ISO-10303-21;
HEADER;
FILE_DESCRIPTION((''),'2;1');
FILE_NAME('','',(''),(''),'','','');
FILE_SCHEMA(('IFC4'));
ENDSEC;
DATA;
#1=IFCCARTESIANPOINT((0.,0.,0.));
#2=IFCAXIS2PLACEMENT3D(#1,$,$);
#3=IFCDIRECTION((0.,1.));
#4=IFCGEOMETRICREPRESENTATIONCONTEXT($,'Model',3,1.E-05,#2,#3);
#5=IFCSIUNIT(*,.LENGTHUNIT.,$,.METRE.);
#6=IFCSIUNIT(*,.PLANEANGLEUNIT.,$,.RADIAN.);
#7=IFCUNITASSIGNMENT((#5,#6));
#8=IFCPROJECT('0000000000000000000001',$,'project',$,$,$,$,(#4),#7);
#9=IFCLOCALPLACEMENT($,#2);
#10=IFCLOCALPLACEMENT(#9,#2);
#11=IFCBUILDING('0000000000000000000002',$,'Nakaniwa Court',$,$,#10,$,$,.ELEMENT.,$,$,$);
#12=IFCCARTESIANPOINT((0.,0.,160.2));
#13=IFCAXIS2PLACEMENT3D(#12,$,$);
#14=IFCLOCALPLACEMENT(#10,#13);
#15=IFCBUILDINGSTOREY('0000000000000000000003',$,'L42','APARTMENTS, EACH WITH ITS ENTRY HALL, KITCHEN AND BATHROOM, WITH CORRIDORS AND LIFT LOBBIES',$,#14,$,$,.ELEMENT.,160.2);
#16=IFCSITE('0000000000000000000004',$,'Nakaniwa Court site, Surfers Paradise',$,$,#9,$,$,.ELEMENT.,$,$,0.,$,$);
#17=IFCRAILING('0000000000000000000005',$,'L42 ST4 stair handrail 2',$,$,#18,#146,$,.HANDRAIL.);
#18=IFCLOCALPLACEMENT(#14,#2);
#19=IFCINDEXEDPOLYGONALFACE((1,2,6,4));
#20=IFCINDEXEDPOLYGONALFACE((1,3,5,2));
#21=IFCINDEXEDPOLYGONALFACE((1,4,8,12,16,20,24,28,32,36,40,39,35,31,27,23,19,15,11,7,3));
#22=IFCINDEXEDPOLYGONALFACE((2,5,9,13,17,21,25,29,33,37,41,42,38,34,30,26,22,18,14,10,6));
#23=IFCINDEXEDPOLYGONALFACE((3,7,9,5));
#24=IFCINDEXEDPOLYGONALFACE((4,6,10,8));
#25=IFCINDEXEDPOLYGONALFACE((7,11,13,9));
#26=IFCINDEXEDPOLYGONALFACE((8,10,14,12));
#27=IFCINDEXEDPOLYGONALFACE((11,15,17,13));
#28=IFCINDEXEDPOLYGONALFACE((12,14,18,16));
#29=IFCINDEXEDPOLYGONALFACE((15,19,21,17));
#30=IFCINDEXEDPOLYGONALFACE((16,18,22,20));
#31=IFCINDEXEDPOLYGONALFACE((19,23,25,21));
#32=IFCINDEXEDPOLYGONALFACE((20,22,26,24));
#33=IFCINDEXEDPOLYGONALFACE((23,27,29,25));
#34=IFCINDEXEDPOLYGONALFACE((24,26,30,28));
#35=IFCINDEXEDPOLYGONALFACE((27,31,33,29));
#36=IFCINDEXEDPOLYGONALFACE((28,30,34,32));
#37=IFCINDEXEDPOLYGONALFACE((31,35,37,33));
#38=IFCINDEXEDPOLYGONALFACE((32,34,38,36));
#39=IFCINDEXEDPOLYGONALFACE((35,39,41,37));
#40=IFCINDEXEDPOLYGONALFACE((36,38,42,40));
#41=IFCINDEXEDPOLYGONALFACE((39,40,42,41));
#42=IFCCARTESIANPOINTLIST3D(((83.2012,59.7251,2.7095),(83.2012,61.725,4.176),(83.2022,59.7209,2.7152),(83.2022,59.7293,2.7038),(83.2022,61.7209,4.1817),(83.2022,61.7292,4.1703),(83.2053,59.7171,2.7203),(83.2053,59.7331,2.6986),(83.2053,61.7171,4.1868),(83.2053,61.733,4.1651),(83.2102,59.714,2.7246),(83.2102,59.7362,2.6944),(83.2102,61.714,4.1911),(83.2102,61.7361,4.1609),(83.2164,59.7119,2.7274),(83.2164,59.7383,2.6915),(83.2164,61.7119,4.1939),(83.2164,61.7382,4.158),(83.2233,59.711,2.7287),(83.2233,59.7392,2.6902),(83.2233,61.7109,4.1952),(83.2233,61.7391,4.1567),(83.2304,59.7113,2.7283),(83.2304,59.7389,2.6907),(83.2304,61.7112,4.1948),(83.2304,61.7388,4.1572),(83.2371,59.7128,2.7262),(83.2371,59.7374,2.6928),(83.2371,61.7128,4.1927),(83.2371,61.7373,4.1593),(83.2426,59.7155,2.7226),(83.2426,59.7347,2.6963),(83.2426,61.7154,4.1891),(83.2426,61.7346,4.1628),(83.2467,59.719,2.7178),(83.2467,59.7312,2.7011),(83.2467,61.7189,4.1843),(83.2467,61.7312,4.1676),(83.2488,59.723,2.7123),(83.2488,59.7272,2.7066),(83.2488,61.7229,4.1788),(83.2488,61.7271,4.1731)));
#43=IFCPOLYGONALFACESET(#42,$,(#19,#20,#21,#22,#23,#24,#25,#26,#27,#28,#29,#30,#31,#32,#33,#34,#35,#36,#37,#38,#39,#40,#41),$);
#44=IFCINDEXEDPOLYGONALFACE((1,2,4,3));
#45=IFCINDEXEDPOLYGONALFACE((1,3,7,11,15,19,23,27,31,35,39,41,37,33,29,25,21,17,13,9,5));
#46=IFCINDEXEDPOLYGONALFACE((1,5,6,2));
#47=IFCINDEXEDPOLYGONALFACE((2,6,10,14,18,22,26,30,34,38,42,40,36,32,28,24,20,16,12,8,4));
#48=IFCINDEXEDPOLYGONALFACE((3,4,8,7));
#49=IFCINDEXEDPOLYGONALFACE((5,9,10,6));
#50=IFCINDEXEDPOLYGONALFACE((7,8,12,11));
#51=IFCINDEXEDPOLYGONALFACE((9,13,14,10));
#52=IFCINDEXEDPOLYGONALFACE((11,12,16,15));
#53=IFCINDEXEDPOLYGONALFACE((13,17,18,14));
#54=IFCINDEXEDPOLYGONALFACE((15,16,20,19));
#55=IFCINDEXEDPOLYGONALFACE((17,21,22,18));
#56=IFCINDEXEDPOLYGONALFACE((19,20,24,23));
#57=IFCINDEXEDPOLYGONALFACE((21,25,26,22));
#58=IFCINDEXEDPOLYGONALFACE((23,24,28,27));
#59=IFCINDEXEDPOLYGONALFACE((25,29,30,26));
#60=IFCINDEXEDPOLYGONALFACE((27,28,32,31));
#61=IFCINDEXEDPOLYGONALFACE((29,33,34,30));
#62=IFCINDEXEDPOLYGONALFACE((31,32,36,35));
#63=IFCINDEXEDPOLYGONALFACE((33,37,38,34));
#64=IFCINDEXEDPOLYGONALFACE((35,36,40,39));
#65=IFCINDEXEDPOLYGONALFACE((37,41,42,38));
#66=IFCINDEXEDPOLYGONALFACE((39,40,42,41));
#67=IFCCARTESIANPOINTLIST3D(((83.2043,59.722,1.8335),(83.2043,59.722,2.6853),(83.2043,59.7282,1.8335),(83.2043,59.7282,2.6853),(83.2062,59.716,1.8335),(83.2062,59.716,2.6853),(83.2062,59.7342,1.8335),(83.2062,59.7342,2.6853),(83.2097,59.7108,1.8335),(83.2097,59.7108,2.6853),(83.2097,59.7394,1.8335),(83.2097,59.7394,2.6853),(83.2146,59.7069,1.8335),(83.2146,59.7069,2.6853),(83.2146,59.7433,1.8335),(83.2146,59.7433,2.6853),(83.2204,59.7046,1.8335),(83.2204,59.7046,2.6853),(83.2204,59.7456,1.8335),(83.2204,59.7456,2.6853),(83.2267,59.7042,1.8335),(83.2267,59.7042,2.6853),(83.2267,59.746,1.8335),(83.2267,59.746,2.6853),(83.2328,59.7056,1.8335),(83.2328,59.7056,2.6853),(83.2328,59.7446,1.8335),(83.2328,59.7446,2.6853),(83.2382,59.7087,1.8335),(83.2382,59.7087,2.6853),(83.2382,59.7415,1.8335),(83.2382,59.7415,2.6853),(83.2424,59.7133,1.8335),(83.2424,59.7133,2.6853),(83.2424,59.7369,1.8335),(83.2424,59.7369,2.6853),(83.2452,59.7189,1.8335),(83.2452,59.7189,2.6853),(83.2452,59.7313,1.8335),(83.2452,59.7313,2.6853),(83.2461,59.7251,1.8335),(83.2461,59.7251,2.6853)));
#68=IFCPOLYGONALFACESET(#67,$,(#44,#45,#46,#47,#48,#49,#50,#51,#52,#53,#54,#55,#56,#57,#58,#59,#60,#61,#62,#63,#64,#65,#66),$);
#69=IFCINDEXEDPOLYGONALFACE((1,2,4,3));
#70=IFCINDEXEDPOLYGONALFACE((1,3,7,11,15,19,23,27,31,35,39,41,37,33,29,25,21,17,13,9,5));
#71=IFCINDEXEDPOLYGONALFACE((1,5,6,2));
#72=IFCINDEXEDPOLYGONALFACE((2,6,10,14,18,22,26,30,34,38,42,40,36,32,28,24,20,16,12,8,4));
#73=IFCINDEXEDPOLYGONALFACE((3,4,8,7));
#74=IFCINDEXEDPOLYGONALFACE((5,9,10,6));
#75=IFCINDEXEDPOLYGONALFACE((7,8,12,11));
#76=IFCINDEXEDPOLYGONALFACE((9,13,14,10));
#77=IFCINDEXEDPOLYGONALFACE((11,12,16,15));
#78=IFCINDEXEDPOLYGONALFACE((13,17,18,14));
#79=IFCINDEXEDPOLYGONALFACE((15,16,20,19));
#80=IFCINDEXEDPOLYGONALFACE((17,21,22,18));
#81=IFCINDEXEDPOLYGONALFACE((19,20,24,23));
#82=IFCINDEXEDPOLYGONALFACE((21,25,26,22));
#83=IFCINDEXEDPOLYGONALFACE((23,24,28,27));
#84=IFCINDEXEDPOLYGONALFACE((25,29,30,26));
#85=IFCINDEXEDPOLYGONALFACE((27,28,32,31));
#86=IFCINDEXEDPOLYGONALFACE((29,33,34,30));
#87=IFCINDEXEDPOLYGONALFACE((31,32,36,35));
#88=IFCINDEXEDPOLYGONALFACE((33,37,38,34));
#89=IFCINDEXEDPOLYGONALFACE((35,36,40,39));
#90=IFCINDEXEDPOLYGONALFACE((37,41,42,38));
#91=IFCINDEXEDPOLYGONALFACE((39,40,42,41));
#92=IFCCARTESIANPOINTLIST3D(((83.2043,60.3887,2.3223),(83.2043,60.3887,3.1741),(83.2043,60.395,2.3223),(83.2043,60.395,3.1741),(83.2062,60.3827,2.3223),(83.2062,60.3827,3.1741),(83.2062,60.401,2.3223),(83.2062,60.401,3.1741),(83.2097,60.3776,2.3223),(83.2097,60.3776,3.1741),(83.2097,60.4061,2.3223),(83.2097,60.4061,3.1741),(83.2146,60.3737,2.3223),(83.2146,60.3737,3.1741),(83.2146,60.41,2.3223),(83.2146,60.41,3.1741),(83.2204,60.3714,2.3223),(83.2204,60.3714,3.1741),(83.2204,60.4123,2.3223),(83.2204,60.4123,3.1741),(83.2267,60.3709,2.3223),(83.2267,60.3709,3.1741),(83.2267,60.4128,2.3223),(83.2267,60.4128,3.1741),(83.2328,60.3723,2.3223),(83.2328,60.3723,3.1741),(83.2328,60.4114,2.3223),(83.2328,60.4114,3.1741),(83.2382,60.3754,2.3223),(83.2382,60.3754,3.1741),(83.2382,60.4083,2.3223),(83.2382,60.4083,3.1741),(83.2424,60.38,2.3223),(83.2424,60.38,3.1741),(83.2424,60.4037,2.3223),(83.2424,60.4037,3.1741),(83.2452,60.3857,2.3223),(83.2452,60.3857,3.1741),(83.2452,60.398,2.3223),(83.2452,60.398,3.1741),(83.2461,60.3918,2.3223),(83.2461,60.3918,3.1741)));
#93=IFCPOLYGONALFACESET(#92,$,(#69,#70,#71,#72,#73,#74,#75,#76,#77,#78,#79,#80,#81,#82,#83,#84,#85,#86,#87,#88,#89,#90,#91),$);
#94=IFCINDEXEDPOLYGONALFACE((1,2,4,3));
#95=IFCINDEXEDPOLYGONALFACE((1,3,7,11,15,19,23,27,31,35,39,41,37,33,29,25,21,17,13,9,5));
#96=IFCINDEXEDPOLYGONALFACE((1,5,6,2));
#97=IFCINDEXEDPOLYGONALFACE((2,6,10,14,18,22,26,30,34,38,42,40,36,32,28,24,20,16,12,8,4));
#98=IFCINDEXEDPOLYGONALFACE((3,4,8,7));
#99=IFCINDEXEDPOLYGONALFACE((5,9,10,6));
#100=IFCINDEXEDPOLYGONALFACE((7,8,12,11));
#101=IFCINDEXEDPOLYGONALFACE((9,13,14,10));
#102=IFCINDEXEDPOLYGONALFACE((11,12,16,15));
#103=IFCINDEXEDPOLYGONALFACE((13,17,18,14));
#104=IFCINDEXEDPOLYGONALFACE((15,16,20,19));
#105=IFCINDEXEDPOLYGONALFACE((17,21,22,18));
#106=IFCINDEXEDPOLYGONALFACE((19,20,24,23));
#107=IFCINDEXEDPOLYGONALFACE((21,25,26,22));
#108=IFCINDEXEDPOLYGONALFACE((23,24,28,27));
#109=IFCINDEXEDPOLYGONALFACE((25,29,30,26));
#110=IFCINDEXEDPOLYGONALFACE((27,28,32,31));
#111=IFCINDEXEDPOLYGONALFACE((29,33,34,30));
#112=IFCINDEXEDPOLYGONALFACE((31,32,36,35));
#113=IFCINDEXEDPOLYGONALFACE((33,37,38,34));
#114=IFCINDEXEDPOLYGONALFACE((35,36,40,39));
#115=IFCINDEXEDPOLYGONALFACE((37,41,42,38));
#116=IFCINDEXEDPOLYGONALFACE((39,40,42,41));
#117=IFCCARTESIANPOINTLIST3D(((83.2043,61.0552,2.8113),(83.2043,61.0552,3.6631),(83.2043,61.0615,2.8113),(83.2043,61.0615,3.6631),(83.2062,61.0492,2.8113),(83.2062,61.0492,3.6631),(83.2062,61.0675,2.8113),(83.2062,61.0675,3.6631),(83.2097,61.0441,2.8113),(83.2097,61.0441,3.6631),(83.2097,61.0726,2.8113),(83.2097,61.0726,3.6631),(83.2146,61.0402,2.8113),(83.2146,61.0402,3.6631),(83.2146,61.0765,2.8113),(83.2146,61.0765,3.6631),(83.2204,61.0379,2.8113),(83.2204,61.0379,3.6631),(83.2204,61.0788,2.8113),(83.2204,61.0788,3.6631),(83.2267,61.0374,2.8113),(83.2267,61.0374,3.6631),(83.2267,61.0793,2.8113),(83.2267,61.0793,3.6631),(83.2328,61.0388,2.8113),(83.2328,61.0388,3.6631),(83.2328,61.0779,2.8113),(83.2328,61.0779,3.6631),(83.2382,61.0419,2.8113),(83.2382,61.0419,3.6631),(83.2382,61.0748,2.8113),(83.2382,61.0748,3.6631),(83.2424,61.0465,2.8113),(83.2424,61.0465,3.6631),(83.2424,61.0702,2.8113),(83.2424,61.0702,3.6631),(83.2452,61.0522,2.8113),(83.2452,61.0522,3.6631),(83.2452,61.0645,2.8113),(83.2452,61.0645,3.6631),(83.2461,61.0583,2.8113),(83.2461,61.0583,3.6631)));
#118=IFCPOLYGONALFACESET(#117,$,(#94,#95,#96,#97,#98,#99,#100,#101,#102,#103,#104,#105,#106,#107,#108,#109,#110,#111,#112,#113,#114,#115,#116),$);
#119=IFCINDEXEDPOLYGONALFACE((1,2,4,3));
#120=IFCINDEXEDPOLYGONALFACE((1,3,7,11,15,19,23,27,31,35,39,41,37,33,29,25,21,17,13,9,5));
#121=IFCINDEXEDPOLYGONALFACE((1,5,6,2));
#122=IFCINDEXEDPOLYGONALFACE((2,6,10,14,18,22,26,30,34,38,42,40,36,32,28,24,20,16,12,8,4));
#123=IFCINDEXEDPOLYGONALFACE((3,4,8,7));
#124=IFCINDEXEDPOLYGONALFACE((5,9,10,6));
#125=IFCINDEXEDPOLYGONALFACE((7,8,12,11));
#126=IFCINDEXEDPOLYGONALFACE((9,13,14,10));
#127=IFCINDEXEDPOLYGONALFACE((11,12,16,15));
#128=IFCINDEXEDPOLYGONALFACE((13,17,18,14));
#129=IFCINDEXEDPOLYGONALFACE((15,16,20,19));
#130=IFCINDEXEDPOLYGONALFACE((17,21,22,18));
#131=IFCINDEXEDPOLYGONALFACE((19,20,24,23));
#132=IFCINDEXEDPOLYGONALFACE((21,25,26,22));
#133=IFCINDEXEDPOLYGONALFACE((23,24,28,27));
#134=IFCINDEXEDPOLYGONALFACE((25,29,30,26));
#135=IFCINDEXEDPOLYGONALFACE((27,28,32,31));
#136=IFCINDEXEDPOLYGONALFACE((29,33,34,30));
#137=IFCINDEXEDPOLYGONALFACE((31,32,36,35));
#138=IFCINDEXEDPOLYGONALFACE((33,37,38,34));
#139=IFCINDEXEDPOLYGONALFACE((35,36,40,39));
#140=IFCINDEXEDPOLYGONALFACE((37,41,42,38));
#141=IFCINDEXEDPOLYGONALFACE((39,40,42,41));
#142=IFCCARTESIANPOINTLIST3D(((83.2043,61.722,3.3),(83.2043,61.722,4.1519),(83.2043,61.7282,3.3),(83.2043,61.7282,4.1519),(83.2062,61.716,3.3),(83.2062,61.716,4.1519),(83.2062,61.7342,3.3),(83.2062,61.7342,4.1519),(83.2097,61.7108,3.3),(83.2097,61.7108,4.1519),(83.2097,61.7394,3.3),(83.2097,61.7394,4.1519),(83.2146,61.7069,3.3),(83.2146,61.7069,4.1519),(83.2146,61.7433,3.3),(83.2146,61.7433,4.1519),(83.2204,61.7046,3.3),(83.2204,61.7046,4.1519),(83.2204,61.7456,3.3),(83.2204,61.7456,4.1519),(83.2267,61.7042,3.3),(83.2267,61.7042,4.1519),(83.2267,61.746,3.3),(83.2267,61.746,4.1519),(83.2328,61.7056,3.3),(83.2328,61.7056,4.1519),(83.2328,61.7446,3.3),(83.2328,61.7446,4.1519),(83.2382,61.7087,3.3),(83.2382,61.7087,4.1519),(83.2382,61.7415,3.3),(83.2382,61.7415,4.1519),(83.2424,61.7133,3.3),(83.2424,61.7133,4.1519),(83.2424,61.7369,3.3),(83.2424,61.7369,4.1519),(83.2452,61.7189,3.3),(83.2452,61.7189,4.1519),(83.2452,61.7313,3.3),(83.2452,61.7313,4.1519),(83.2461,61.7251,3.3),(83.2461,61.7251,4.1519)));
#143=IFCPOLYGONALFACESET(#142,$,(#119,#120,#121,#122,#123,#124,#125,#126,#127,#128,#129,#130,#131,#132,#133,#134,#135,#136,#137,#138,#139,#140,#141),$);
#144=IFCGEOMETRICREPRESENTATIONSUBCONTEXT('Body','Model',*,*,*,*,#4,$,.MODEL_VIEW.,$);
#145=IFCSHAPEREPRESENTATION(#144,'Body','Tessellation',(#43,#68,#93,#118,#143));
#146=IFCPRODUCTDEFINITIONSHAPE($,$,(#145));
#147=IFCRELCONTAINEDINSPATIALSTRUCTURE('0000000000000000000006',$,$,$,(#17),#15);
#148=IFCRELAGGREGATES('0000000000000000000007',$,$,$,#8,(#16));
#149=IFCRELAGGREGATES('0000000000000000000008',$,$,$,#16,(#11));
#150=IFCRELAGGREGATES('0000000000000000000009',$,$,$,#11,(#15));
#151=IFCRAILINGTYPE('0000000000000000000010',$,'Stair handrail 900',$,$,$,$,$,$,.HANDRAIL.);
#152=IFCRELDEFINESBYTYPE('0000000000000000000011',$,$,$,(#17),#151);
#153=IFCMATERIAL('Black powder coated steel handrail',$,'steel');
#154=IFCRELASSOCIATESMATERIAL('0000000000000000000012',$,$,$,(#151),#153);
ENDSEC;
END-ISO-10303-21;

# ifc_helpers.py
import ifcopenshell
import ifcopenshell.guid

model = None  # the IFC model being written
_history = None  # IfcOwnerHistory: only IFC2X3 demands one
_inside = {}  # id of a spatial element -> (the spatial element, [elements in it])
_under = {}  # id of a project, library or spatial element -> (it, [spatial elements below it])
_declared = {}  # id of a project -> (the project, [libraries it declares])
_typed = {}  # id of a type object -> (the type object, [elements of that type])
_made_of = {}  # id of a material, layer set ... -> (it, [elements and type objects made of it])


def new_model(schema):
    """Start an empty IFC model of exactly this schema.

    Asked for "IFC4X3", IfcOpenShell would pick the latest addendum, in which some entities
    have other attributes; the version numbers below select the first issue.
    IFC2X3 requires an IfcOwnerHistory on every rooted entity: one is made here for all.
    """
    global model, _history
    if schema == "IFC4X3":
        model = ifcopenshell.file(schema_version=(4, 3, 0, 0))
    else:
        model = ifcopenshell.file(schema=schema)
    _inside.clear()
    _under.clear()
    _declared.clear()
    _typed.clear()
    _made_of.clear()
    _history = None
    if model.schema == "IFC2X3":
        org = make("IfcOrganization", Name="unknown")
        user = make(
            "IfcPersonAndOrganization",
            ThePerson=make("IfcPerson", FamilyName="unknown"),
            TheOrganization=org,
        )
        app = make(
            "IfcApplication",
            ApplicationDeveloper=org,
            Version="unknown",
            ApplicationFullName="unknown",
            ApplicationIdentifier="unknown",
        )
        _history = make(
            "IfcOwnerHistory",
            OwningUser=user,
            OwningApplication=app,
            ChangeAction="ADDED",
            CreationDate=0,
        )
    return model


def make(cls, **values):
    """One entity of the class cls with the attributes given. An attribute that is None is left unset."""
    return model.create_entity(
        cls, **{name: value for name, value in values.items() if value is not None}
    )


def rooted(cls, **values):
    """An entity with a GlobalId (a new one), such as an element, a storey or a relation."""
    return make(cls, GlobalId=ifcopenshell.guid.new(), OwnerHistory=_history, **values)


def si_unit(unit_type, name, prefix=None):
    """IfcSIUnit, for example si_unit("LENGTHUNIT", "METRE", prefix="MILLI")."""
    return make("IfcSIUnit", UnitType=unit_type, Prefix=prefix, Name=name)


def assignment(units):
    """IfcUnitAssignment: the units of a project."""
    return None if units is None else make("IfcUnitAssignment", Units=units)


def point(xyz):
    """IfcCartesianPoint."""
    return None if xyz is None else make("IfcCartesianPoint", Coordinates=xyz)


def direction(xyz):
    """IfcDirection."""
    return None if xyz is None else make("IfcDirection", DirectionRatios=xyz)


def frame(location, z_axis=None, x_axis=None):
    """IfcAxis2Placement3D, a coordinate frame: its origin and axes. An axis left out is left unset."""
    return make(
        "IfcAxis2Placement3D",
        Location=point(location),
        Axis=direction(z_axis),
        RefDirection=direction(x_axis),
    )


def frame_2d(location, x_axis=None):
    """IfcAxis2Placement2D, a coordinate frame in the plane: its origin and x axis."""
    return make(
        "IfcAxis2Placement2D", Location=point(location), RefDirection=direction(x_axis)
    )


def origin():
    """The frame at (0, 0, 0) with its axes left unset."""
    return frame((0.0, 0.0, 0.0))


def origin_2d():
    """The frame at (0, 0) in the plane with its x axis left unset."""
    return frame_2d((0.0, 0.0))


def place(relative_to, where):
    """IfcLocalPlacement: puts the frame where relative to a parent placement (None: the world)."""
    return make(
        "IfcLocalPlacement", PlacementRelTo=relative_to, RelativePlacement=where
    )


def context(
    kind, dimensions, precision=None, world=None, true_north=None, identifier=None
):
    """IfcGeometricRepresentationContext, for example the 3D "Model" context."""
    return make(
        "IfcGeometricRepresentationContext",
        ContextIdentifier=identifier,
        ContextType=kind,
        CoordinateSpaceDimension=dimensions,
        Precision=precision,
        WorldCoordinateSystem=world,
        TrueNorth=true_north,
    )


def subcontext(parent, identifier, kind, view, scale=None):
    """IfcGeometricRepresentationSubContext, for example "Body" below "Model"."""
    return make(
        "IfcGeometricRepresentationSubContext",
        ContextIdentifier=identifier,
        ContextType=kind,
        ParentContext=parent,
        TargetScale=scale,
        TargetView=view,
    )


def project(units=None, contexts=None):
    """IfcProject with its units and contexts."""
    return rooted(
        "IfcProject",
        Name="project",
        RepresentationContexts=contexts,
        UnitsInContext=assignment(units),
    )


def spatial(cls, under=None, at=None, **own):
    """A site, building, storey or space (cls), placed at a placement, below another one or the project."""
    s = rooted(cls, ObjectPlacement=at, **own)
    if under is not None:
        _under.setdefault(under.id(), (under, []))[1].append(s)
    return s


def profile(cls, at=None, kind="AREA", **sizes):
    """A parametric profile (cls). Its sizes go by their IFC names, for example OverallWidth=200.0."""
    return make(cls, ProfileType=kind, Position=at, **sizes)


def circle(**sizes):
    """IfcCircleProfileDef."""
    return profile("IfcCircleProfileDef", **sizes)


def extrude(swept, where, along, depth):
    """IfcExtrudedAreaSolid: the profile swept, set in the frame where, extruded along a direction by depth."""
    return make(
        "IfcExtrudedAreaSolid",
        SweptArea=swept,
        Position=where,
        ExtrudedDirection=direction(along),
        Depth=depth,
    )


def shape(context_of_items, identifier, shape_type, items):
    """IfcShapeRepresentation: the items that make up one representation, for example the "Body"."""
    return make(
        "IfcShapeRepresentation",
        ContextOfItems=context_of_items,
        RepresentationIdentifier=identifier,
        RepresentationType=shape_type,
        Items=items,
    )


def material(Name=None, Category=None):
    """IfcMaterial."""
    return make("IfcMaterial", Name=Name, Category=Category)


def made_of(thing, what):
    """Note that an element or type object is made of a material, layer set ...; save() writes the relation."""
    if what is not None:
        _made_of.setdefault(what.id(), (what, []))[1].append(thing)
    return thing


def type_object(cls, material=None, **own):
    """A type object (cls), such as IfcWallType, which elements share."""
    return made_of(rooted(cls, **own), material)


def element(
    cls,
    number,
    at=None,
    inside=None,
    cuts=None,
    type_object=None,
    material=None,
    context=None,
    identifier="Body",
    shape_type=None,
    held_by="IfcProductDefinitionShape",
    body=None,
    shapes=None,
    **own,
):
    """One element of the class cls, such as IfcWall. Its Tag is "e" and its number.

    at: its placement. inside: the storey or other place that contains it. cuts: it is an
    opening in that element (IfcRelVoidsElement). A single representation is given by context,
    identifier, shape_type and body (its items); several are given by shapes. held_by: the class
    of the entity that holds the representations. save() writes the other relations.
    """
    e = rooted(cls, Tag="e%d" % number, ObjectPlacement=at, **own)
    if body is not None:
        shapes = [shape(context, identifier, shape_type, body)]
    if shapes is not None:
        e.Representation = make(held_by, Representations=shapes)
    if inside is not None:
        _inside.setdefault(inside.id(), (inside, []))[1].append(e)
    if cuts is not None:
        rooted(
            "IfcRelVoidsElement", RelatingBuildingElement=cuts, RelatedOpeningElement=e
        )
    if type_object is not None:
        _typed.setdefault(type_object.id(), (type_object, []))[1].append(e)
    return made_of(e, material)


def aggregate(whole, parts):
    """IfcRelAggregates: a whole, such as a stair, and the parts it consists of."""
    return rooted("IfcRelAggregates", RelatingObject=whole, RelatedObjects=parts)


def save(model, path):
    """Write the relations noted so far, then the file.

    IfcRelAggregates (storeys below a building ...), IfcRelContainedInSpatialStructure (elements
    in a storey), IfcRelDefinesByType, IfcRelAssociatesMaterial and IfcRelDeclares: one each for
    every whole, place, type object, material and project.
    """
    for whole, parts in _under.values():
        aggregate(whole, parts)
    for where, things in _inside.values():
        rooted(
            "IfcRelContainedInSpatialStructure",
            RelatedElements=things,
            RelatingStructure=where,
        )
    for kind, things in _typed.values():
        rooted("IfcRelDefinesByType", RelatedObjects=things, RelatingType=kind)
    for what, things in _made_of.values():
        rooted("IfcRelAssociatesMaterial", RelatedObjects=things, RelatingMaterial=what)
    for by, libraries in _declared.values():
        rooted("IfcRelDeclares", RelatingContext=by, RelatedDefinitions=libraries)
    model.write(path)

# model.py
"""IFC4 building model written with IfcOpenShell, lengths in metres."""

from ifc_helpers import new_model, si_unit, direction, frame, origin, origin_2d, place, context, subcontext, project, spatial, circle, extrude, material, type_object, element, save


model = new_model("IFC4")

# Units and contexts
model_context = context("Model", 3, precision=1e-05, world=origin(), true_north=direction((0.0, 1.0)))
body_context = subcontext(model_context, "Body", "Model", "MODEL_VIEW")
ifc_project = project(units=[si_unit("LENGTHUNIT", "METRE"), si_unit("PLANEANGLEUNIT", "RADIAN")], contexts=[model_context])

# Site, building, storey
site_placement = place(None, origin())
site = spatial("IfcSite", under=ifc_project, at=site_placement, Name="Nakaniwa Court site, Surfers Paradise", CompositionType="ELEMENT", RefElevation=0.0)
building_placement = place(site_placement, origin())
building = spatial("IfcBuilding", under=site, at=building_placement, Name="Nakaniwa Court", CompositionType="ELEMENT")
storey_placement = place(building_placement, frame((0.0, 0.0, 160.2)))
storey = spatial("IfcBuildingStorey", under=building, at=storey_placement, Name="L42", Description="APARTMENTS, EACH WITH ITS ENTRY HALL, KITCHEN AND BATHROOM, WITH CORRIDORS AND LIFT LOBBIES", CompositionType="ELEMENT", Elevation=160.2)

# Railing
ifc_material_1 = material(Name="Black powder coated steel handrail", Category="steel")
railing_type_1 = type_object("IfcRailingType", Name="Stair handrail 900", PredefinedType="HANDRAIL", material=ifc_material_1)
railing_1_placement = place(storey_placement, frame((83.2251, 59.7251, 1.8335)))
element("IfcRailing", 1, at=railing_1_placement, inside=storey, type_object=railing_type_1, Name="L42 ST4 stair handrail 2", PredefinedType="HANDRAIL", context=body_context, shape_type="SweptSolid", body=[
    extrude(circle(Radius=0.0239, at=origin_2d()), frame((0.0, 0.0, 0.876), z_axis=(0.0, 0.806427, 0.591334), x_axis=(-1.0, 0.0, 0.0)), (0.0, 0.0, 1.0), 2.48),
    extrude(circle(Radius=0.021, at=origin_2d()), origin(), (0.0, 0.0, 1.0), 0.8518),
    extrude(circle(Radius=0.021, at=origin_2d()), frame((0.0, 0.6667, 0.4888)), (0.0, 0.0, 1.0), 0.8518),
    extrude(circle(Radius=0.021, at=origin_2d()), frame((0.0, 1.3333, 0.9778)), (0.0, 0.0, 1.0), 0.8518),
    extrude(circle(Radius=0.021, at=origin_2d()), frame((0.0, 2.0, 1.4666)), (0.0, 0.0, 1.0), 0.8518),
])

save(model, "model.ifc")
